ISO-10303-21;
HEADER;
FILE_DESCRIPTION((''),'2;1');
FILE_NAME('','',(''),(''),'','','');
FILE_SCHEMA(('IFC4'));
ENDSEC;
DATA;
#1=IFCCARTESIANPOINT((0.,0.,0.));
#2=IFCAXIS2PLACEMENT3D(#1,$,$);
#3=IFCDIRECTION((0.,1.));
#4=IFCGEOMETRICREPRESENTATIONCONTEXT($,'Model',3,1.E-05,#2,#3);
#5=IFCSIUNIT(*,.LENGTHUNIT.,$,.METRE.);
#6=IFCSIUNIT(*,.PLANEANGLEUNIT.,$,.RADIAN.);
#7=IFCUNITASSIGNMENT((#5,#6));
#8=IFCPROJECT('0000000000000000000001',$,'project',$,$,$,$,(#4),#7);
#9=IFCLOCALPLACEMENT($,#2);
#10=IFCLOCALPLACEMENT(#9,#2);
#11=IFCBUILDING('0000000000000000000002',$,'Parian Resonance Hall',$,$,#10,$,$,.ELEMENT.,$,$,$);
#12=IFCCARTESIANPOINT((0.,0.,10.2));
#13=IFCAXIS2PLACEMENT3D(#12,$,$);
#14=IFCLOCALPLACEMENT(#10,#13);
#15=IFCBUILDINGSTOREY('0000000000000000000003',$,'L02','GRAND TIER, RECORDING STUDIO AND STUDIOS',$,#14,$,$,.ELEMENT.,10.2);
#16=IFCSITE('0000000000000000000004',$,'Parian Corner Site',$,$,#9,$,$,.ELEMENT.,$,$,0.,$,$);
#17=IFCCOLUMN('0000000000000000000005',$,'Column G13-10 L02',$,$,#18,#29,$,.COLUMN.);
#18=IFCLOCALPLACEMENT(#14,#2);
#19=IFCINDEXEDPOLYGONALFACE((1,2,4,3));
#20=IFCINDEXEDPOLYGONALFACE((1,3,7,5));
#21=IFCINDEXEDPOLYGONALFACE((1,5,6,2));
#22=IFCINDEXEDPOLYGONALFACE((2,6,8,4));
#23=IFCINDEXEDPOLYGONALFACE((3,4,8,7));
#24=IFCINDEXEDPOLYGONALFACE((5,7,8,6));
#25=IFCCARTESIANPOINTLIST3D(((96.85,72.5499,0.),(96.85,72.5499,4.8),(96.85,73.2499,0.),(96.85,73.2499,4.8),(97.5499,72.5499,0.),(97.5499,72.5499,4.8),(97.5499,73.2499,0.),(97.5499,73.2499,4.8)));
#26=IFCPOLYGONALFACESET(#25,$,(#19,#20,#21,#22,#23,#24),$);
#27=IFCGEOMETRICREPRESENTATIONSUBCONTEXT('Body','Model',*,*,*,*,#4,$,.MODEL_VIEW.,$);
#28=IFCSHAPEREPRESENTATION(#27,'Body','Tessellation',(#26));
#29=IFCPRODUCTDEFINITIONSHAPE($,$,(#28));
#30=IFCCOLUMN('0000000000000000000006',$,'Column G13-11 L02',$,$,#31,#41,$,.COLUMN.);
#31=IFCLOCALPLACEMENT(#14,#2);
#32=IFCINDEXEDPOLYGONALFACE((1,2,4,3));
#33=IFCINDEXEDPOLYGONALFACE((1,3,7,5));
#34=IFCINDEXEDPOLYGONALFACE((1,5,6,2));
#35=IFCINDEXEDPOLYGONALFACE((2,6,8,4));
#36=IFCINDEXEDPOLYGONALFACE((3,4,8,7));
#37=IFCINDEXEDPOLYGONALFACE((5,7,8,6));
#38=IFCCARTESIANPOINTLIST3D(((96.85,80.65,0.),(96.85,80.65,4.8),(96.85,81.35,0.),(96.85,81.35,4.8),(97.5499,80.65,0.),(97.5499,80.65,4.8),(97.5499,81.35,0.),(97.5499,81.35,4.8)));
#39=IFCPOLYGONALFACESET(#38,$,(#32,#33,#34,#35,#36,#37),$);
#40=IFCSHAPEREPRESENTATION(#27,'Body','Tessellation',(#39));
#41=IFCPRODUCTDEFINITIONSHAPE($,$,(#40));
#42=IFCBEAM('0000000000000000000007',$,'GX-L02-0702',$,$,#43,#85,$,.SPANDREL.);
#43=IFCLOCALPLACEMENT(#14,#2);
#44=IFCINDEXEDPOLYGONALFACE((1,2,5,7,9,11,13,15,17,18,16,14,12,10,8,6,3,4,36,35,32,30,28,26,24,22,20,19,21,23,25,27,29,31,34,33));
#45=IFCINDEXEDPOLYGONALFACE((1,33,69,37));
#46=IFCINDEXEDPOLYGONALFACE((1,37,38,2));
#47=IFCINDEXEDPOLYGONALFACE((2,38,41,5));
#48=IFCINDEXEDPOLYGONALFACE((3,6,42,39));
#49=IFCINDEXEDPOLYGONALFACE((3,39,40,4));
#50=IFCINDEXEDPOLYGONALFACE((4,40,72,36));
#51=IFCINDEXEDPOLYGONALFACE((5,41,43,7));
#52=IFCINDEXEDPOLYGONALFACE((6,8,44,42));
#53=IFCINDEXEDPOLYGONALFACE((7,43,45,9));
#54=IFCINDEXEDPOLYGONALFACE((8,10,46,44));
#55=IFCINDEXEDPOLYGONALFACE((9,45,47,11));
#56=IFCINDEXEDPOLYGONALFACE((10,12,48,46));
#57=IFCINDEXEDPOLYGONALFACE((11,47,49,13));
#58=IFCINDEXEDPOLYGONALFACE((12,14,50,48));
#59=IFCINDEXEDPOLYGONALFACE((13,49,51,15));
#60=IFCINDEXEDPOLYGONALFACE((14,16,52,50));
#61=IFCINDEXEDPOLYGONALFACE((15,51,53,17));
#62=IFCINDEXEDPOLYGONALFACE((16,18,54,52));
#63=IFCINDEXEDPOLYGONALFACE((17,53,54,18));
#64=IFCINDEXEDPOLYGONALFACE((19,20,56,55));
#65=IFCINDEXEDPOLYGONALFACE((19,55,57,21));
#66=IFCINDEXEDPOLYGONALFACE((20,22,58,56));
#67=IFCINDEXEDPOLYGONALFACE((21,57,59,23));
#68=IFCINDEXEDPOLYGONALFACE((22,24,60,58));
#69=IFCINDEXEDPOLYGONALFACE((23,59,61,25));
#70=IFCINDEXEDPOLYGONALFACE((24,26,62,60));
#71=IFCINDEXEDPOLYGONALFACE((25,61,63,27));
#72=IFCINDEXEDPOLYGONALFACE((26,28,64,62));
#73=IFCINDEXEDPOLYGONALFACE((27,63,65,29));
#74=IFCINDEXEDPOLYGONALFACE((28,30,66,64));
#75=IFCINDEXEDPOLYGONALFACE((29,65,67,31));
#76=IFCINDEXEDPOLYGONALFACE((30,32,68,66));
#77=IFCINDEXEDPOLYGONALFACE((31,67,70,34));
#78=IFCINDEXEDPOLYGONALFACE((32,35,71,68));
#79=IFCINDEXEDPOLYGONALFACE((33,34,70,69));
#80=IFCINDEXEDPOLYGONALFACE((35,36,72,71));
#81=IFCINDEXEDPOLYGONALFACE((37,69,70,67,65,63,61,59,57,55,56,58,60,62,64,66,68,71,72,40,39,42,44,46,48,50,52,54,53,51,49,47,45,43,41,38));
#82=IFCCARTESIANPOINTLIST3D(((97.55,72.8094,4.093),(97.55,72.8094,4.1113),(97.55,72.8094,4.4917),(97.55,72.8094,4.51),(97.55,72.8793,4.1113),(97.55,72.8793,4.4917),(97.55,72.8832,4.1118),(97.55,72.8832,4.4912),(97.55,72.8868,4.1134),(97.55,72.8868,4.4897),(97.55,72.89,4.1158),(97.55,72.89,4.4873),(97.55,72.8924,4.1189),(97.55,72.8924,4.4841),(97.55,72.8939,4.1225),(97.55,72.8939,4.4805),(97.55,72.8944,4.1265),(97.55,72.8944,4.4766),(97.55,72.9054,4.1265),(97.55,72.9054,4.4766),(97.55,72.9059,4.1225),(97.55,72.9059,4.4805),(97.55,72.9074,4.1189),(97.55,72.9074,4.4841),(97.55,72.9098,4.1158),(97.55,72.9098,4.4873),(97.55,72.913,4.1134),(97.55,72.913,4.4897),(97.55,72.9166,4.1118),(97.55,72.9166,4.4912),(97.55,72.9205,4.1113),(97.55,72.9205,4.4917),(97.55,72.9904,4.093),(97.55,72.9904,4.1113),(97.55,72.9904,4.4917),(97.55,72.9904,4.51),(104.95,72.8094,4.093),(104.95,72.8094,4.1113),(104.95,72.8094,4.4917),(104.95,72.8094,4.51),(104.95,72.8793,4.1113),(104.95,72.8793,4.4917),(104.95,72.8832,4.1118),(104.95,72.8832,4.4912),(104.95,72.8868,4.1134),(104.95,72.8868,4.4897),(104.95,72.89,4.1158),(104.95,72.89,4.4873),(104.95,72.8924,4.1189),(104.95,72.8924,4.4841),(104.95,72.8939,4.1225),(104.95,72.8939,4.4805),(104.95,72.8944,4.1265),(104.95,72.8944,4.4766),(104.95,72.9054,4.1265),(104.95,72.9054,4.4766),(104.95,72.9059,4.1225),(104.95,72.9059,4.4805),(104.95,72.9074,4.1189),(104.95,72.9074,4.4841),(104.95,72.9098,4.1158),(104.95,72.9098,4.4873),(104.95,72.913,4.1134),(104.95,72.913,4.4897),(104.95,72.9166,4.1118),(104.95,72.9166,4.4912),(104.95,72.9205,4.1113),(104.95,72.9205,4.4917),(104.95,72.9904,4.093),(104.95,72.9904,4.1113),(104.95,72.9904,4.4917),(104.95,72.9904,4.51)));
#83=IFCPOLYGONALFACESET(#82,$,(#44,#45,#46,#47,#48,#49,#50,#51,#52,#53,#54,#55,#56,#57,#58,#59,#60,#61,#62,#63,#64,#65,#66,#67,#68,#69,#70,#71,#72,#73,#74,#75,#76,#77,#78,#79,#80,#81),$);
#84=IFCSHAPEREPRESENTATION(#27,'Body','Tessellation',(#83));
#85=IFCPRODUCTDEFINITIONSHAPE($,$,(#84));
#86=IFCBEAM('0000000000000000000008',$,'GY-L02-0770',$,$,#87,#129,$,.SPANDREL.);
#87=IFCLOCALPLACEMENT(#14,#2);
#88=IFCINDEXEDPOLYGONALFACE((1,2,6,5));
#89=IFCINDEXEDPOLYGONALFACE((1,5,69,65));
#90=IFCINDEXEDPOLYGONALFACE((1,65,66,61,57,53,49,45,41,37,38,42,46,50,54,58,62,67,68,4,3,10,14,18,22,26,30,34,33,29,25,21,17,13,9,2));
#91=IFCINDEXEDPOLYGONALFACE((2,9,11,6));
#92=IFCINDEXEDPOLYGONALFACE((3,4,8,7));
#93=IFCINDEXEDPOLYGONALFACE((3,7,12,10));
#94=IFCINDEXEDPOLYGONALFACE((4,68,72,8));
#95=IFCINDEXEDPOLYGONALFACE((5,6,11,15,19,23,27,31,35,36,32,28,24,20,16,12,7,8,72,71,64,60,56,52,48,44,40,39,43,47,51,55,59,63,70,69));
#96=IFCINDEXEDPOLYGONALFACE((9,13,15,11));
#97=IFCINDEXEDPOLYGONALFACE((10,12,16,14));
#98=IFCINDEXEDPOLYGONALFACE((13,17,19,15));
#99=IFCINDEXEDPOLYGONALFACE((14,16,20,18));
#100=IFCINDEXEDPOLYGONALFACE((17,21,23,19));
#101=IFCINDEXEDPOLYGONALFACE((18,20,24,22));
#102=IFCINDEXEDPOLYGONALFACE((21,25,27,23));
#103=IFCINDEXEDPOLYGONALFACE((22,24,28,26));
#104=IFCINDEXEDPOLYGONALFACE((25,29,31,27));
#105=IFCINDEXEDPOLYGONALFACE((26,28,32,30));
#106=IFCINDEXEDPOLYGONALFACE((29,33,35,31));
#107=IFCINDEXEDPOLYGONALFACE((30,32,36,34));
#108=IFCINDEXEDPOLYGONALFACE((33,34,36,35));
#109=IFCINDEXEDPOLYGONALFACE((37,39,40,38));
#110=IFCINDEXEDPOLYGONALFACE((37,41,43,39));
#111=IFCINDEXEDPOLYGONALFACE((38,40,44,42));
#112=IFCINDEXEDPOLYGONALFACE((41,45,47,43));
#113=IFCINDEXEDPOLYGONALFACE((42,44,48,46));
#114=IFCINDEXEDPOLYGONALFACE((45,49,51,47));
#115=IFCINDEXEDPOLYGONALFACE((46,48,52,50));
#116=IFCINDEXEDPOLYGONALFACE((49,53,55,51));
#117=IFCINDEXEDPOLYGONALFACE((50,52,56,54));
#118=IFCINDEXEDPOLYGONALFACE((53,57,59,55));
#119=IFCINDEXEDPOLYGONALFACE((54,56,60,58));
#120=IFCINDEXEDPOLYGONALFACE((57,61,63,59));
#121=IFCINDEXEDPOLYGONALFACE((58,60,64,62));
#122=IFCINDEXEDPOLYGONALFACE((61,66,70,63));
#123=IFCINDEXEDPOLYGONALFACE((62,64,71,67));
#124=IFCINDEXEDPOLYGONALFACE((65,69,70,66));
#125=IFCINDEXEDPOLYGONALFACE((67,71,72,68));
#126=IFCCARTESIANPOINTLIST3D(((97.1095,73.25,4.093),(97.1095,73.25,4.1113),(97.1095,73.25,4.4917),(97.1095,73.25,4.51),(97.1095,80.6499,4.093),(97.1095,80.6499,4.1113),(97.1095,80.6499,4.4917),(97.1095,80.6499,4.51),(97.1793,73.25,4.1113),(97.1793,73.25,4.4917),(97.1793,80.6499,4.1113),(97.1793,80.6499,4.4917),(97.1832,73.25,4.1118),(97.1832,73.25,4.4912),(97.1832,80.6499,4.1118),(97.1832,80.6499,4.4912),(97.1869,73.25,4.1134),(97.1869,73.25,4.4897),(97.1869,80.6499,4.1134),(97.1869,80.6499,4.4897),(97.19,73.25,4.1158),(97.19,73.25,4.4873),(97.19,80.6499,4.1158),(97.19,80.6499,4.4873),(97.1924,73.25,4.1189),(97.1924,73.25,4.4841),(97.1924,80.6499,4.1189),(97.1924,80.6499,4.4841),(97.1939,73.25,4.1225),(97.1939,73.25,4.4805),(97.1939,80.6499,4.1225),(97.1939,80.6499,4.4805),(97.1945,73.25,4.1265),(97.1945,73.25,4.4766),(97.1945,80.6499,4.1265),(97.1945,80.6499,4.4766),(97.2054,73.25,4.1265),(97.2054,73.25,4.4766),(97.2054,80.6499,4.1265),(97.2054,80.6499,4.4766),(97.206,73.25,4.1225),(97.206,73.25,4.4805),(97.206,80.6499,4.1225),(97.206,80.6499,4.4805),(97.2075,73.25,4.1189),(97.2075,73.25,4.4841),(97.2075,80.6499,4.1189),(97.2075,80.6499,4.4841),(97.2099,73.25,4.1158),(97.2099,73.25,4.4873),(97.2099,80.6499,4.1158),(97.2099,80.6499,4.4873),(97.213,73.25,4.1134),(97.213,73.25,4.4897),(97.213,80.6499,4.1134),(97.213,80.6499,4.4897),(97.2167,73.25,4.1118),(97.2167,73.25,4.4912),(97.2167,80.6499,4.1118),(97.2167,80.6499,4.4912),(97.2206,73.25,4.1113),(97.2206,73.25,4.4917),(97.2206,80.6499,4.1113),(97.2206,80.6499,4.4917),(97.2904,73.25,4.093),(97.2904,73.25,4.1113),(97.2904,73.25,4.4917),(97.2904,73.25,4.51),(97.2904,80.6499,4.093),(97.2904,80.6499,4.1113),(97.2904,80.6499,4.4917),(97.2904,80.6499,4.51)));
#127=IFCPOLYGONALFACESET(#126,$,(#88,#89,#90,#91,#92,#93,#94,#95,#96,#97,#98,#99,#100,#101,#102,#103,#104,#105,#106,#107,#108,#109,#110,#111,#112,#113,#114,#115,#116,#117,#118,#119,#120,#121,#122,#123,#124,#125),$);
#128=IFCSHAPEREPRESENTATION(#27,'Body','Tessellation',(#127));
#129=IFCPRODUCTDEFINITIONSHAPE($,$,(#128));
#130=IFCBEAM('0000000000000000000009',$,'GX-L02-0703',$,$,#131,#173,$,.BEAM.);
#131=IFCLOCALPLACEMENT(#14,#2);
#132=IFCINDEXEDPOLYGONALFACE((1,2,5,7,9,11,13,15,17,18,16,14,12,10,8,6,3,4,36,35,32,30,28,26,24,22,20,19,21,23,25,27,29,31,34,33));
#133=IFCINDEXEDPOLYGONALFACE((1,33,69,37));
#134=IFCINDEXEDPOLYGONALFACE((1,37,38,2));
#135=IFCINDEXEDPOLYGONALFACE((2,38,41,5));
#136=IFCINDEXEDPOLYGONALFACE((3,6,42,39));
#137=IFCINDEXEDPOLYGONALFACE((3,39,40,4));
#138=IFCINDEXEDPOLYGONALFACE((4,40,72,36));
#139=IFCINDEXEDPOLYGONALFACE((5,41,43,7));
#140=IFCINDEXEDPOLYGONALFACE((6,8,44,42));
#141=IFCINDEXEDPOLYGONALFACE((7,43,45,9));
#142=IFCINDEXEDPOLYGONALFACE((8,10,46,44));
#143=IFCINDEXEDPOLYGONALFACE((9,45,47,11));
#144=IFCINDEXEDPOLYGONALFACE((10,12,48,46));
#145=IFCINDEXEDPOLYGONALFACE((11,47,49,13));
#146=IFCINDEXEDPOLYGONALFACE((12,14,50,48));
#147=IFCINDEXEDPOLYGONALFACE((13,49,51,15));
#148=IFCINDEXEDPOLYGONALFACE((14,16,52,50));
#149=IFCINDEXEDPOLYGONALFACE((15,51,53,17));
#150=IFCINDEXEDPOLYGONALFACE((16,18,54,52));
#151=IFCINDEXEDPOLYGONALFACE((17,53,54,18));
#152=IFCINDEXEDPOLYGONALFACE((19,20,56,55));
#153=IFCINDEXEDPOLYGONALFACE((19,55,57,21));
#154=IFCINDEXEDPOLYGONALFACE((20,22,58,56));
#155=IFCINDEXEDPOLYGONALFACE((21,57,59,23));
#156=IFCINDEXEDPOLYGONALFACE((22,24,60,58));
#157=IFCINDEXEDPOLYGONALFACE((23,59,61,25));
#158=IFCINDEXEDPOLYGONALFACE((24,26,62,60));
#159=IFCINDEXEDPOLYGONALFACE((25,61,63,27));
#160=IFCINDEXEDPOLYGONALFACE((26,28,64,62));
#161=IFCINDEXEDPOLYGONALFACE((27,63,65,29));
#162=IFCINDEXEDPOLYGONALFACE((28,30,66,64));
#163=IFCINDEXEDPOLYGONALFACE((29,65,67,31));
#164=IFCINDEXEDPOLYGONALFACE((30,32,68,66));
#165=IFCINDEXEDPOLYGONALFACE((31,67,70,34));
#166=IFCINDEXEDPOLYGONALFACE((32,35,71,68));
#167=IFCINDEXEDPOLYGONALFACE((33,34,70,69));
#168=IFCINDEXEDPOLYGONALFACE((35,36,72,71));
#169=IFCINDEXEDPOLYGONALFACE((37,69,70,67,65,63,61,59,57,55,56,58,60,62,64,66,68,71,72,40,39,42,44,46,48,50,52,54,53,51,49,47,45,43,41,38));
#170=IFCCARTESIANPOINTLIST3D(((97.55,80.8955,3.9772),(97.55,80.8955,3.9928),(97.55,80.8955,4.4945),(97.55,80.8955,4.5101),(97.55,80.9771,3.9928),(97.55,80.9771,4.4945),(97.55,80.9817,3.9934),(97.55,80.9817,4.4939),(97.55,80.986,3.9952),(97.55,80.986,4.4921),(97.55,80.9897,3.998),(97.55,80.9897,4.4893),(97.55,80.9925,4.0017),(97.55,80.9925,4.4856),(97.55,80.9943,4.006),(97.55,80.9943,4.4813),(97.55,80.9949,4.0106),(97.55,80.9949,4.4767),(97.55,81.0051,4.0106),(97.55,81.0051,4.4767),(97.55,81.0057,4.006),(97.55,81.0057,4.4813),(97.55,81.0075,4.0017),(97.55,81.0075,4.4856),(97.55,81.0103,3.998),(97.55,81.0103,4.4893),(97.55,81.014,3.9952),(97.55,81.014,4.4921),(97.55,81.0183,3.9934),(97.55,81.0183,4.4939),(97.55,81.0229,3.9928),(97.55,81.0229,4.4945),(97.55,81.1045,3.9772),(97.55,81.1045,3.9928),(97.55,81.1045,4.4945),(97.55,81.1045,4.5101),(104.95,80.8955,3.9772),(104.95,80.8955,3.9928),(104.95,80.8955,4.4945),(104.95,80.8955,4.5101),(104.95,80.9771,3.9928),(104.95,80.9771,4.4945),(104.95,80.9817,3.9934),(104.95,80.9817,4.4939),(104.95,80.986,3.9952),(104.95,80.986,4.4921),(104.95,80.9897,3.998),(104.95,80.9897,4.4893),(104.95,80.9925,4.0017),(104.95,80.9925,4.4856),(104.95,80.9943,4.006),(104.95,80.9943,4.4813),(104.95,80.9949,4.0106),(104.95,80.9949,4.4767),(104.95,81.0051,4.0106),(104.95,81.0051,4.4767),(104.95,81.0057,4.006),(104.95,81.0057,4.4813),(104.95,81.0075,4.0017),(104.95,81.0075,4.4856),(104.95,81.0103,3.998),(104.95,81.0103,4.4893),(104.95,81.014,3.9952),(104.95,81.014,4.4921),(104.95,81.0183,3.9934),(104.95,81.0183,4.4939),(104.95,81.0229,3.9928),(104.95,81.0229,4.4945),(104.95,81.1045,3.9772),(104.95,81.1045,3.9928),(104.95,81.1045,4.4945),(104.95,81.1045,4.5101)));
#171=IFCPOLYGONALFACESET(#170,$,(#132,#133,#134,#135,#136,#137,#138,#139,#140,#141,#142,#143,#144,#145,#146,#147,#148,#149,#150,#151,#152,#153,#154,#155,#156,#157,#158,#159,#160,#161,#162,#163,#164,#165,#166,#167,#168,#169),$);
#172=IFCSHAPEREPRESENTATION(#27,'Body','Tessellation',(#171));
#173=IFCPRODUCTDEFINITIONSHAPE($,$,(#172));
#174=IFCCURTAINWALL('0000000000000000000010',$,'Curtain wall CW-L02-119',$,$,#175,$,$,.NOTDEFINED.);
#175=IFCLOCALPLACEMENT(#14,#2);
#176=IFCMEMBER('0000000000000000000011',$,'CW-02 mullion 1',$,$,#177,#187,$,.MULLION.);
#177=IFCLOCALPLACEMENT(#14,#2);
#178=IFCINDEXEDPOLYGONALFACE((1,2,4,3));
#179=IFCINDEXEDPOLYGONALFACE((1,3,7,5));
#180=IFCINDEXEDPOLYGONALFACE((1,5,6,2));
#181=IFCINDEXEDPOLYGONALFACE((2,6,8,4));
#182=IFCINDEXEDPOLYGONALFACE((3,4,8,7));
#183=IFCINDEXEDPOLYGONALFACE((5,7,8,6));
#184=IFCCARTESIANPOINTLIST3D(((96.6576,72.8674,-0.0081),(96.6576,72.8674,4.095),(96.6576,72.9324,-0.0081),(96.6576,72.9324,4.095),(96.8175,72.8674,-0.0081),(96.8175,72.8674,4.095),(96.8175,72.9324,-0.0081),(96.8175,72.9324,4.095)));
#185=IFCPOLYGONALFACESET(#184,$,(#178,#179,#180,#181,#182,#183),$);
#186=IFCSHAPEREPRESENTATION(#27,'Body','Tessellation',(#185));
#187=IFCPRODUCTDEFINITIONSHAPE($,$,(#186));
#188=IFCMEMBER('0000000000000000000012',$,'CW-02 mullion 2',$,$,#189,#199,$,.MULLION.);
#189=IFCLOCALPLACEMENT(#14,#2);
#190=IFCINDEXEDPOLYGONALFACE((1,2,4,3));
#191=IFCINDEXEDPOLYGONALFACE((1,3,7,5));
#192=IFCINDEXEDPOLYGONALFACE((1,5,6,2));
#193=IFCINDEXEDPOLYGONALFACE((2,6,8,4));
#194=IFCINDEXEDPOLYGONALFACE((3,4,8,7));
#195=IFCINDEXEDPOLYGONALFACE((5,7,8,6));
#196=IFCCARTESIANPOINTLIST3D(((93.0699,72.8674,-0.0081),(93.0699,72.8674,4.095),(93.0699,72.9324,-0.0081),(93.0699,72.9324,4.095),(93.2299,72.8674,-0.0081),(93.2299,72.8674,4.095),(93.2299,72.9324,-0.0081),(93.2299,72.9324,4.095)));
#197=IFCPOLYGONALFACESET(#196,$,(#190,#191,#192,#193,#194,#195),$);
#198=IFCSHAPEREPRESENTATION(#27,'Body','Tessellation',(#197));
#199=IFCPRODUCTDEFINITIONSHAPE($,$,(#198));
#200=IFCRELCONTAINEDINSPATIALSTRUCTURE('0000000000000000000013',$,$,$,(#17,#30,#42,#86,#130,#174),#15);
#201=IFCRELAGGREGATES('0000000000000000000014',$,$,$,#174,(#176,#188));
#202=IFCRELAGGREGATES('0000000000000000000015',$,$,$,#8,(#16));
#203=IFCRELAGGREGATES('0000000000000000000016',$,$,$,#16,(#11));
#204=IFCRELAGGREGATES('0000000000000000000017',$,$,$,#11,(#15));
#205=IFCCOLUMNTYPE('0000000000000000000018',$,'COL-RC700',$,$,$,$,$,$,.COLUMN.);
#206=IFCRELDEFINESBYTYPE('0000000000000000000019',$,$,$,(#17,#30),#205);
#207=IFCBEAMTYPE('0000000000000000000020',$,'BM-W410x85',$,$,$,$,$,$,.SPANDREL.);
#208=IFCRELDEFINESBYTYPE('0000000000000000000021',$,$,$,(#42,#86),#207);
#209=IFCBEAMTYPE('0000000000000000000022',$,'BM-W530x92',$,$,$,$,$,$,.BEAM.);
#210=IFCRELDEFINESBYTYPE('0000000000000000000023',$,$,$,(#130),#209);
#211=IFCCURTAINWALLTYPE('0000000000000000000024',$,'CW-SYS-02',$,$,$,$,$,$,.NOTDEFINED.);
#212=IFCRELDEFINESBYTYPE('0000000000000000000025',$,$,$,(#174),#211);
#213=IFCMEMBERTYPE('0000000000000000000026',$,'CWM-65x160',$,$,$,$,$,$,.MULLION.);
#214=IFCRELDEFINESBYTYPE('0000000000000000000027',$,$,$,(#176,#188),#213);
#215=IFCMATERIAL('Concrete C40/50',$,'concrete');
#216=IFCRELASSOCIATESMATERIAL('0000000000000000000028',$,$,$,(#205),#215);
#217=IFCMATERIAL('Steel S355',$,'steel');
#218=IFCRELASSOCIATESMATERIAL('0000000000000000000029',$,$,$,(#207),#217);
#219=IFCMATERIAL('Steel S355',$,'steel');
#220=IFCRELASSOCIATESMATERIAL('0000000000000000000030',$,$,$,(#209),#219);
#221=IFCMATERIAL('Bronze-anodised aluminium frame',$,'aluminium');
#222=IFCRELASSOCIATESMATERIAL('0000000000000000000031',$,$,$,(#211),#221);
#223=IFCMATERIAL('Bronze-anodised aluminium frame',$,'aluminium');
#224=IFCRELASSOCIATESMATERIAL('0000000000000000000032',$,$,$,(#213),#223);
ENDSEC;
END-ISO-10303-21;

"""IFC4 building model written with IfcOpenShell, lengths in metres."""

from ifc_helpers import new_model, si_unit, direction, frame, origin, origin_2d, place, context, subcontext, project, spatial, rectangle, i_section, extrude, material, material_profile, profile_set, type_object, element, aggregate, save


model = new_model("IFC4")

# Units and contexts
model_context = context("Model", 3, precision=1e-05, world=origin(), true_north=direction((0.0, 1.0)))
body_context = subcontext(model_context, "Body", "Model", "MODEL_VIEW")
ifc_project = project(units=[si_unit("LENGTHUNIT", "METRE"), si_unit("PLANEANGLEUNIT", "RADIAN")], contexts=[model_context])

# Site, building, storey
site_placement = place(None, origin())
site = spatial("IfcSite", under=ifc_project, at=site_placement, Name="Parian Corner Site", CompositionType="ELEMENT", RefElevation=0.0)
building_placement = place(site_placement, origin())
building = spatial("IfcBuilding", under=site, at=building_placement, Name="Parian Resonance Hall", CompositionType="ELEMENT")
storey_placement = place(building_placement, frame((0.0, 0.0, 10.2)))
storey = spatial("IfcBuildingStorey", under=building, at=storey_placement, Name="L02", Description="GRAND TIER, RECORDING STUDIO AND STUDIOS", CompositionType="ELEMENT", Elevation=10.2)

# Columns
ifc_material_1 = material(Name="Concrete C40/50", Category="concrete")
ifc_material_profile_1 = material_profile(ifc_material_1, rectangle(XDim=0.7, YDim=0.7, at=origin_2d()), Name="RC-COL-700x700")
ifc_profile_set_1 = profile_set([ifc_material_profile_1], Name="Concrete C40/50")
column_type = type_object("IfcColumnType", Name="COL-RC700", PredefinedType="COLUMN", material=ifc_profile_set_1)
for number, where, z_axis, x_axis, name in (
    (1, (97.2, 72.8999, 0.0), (0.0, 0.0, 1.0), (1.0, 0.0, 0.0), "Column G13-10 L02"),
    (2, (97.2, 81.0, 0.0), (0.0, 0.0, 1.0), (1.0, 0.0, 0.0), "Column G13-11 L02"),
):
    element("IfcColumn", number, at=place(storey_placement, frame(where, z_axis=z_axis, x_axis=x_axis)), inside=storey, type_object=column_type, Name=name, PredefinedType="COLUMN", context=body_context, shape_type="SweptSolid", body=[
        extrude(rectangle(XDim=0.7, YDim=0.7, at=origin_2d()), origin(), (0.0, 0.0, 1.0), 4.8),
    ])

# Beams
ifc_material_2 = material(Name="Steel S355", Category="steel")
ifc_material_profile_2 = material_profile(ifc_material_2, i_section(OverallWidth=0.1809, OverallDepth=0.417, WebThickness=0.011, FlangeThickness=0.0183, FilletRadius=0.0151, at=origin_2d()), Name="W410x85")
ifc_profile_set_2 = profile_set([ifc_material_profile_2], Name="Steel S355")
beam_type_1 = type_object("IfcBeamType", Name="BM-W410x85", PredefinedType="SPANDREL", material=ifc_profile_set_2)
for number, where, z_axis, x_axis, name in (
    (3, (97.55, 72.8999, 4.3015), (1.0, 0.0, 0.0), (0.0, 1.0, 0.0), "GX-L02-0702"),
    (4, (97.2, 73.25, 4.3015), (0.0, 1.0, 0.0), (-1.0, 0.0, 0.0), "GY-L02-0770"),
):
    element("IfcBeam", number, at=place(storey_placement, frame(where, z_axis=z_axis, x_axis=x_axis)), inside=storey, type_object=beam_type_1, Name=name, PredefinedType="SPANDREL", context=body_context, shape_type="SweptSolid", body=[
        extrude(i_section(OverallWidth=0.1809, OverallDepth=0.417, WebThickness=0.011, FlangeThickness=0.0183, FilletRadius=0.0151, at=origin_2d()), origin(), (0.0, 0.0, 1.0), 7.3999),
    ])
ifc_material_3 = material(Name="Steel S355", Category="steel")
ifc_material_profile_3 = material_profile(ifc_material_3, i_section(OverallWidth=0.209, OverallDepth=0.533, WebThickness=0.0103, FlangeThickness=0.0156, FilletRadius=0.0178, at=origin_2d()), Name="W530x92")
ifc_profile_set_3 = profile_set([ifc_material_profile_3], Name="Steel S355")
beam_type_2 = type_object("IfcBeamType", Name="BM-W530x92", PredefinedType="BEAM", material=ifc_profile_set_3)
beam_placement = place(storey_placement, frame((97.55, 81.0, 4.2437), z_axis=(1.0, 0.0, 0.0), x_axis=(0.0, 1.0, 0.0)))
element("IfcBeam", 5, at=beam_placement, inside=storey, type_object=beam_type_2, Name="GX-L02-0703", PredefinedType="BEAM", context=body_context, shape_type="SweptSolid", body=[
    extrude(i_section(OverallWidth=0.209, OverallDepth=0.533, WebThickness=0.0103, FlangeThickness=0.0156, FilletRadius=0.0178, at=origin_2d()), origin(), (0.0, 0.0, 1.0), 7.3999),
])

# Curtain wall, members
ifc_material_4 = material(Name="Bronze-anodised aluminium frame", Category="aluminium")
curtain_wall_type_1 = type_object("IfcCurtainWallType", Name="CW-SYS-02", PredefinedType="NOTDEFINED", material=ifc_material_4)
curtain_wall_1_placement = place(storey_placement, origin())
curtain_wall_1 = element("IfcCurtainWall", 6, at=curtain_wall_1_placement, inside=storey, type_object=curtain_wall_type_1, Name="Curtain wall CW-L02-119", PredefinedType="NOTDEFINED")
ifc_material_5 = material(Name="Bronze-anodised aluminium frame", Category="aluminium")
ifc_material_profile_4 = material_profile(ifc_material_5, rectangle(XDim=0.0649, YDim=0.1599, at=origin_2d()), Name="CWM-65x160")
ifc_profile_set_4 = profile_set([ifc_material_profile_4], Name="Bronze-anodised aluminium frame")
member_type_1 = type_object("IfcMemberType", Name="CWM-65x160", PredefinedType="MULLION", material=ifc_profile_set_4)
member_1_placement = place(storey_placement, frame((96.7375, 72.8999, -0.0081), z_axis=(0.0, 0.0, 1.0), x_axis=(0.0, -1.0, 0.0)))
member_1 = element("IfcMember", 7, at=member_1_placement, type_object=member_type_1, Name="CW-02 mullion 1", PredefinedType="MULLION", context=body_context, shape_type="SweptSolid", body=[
    extrude(rectangle(XDim=0.0649, YDim=0.1599, at=origin_2d()), origin(), (0.0, 0.0, 1.0), 4.103),
])
member_2_placement = place(storey_placement, frame((93.1499, 72.8999, -0.0081), z_axis=(0.0, 0.0, 1.0), x_axis=(0.0, -1.0, 0.0)))
member_2 = element("IfcMember", 8, at=member_2_placement, type_object=member_type_1, Name="CW-02 mullion 2", PredefinedType="MULLION", context=body_context, shape_type="SweptSolid", body=[
    extrude(rectangle(XDim=0.0649, YDim=0.1599, at=origin_2d()), origin(), (0.0, 0.0, 1.0), 4.103),
])

aggregate(curtain_wall_1, [member_1, member_2])

save(model, "model.ifc")
